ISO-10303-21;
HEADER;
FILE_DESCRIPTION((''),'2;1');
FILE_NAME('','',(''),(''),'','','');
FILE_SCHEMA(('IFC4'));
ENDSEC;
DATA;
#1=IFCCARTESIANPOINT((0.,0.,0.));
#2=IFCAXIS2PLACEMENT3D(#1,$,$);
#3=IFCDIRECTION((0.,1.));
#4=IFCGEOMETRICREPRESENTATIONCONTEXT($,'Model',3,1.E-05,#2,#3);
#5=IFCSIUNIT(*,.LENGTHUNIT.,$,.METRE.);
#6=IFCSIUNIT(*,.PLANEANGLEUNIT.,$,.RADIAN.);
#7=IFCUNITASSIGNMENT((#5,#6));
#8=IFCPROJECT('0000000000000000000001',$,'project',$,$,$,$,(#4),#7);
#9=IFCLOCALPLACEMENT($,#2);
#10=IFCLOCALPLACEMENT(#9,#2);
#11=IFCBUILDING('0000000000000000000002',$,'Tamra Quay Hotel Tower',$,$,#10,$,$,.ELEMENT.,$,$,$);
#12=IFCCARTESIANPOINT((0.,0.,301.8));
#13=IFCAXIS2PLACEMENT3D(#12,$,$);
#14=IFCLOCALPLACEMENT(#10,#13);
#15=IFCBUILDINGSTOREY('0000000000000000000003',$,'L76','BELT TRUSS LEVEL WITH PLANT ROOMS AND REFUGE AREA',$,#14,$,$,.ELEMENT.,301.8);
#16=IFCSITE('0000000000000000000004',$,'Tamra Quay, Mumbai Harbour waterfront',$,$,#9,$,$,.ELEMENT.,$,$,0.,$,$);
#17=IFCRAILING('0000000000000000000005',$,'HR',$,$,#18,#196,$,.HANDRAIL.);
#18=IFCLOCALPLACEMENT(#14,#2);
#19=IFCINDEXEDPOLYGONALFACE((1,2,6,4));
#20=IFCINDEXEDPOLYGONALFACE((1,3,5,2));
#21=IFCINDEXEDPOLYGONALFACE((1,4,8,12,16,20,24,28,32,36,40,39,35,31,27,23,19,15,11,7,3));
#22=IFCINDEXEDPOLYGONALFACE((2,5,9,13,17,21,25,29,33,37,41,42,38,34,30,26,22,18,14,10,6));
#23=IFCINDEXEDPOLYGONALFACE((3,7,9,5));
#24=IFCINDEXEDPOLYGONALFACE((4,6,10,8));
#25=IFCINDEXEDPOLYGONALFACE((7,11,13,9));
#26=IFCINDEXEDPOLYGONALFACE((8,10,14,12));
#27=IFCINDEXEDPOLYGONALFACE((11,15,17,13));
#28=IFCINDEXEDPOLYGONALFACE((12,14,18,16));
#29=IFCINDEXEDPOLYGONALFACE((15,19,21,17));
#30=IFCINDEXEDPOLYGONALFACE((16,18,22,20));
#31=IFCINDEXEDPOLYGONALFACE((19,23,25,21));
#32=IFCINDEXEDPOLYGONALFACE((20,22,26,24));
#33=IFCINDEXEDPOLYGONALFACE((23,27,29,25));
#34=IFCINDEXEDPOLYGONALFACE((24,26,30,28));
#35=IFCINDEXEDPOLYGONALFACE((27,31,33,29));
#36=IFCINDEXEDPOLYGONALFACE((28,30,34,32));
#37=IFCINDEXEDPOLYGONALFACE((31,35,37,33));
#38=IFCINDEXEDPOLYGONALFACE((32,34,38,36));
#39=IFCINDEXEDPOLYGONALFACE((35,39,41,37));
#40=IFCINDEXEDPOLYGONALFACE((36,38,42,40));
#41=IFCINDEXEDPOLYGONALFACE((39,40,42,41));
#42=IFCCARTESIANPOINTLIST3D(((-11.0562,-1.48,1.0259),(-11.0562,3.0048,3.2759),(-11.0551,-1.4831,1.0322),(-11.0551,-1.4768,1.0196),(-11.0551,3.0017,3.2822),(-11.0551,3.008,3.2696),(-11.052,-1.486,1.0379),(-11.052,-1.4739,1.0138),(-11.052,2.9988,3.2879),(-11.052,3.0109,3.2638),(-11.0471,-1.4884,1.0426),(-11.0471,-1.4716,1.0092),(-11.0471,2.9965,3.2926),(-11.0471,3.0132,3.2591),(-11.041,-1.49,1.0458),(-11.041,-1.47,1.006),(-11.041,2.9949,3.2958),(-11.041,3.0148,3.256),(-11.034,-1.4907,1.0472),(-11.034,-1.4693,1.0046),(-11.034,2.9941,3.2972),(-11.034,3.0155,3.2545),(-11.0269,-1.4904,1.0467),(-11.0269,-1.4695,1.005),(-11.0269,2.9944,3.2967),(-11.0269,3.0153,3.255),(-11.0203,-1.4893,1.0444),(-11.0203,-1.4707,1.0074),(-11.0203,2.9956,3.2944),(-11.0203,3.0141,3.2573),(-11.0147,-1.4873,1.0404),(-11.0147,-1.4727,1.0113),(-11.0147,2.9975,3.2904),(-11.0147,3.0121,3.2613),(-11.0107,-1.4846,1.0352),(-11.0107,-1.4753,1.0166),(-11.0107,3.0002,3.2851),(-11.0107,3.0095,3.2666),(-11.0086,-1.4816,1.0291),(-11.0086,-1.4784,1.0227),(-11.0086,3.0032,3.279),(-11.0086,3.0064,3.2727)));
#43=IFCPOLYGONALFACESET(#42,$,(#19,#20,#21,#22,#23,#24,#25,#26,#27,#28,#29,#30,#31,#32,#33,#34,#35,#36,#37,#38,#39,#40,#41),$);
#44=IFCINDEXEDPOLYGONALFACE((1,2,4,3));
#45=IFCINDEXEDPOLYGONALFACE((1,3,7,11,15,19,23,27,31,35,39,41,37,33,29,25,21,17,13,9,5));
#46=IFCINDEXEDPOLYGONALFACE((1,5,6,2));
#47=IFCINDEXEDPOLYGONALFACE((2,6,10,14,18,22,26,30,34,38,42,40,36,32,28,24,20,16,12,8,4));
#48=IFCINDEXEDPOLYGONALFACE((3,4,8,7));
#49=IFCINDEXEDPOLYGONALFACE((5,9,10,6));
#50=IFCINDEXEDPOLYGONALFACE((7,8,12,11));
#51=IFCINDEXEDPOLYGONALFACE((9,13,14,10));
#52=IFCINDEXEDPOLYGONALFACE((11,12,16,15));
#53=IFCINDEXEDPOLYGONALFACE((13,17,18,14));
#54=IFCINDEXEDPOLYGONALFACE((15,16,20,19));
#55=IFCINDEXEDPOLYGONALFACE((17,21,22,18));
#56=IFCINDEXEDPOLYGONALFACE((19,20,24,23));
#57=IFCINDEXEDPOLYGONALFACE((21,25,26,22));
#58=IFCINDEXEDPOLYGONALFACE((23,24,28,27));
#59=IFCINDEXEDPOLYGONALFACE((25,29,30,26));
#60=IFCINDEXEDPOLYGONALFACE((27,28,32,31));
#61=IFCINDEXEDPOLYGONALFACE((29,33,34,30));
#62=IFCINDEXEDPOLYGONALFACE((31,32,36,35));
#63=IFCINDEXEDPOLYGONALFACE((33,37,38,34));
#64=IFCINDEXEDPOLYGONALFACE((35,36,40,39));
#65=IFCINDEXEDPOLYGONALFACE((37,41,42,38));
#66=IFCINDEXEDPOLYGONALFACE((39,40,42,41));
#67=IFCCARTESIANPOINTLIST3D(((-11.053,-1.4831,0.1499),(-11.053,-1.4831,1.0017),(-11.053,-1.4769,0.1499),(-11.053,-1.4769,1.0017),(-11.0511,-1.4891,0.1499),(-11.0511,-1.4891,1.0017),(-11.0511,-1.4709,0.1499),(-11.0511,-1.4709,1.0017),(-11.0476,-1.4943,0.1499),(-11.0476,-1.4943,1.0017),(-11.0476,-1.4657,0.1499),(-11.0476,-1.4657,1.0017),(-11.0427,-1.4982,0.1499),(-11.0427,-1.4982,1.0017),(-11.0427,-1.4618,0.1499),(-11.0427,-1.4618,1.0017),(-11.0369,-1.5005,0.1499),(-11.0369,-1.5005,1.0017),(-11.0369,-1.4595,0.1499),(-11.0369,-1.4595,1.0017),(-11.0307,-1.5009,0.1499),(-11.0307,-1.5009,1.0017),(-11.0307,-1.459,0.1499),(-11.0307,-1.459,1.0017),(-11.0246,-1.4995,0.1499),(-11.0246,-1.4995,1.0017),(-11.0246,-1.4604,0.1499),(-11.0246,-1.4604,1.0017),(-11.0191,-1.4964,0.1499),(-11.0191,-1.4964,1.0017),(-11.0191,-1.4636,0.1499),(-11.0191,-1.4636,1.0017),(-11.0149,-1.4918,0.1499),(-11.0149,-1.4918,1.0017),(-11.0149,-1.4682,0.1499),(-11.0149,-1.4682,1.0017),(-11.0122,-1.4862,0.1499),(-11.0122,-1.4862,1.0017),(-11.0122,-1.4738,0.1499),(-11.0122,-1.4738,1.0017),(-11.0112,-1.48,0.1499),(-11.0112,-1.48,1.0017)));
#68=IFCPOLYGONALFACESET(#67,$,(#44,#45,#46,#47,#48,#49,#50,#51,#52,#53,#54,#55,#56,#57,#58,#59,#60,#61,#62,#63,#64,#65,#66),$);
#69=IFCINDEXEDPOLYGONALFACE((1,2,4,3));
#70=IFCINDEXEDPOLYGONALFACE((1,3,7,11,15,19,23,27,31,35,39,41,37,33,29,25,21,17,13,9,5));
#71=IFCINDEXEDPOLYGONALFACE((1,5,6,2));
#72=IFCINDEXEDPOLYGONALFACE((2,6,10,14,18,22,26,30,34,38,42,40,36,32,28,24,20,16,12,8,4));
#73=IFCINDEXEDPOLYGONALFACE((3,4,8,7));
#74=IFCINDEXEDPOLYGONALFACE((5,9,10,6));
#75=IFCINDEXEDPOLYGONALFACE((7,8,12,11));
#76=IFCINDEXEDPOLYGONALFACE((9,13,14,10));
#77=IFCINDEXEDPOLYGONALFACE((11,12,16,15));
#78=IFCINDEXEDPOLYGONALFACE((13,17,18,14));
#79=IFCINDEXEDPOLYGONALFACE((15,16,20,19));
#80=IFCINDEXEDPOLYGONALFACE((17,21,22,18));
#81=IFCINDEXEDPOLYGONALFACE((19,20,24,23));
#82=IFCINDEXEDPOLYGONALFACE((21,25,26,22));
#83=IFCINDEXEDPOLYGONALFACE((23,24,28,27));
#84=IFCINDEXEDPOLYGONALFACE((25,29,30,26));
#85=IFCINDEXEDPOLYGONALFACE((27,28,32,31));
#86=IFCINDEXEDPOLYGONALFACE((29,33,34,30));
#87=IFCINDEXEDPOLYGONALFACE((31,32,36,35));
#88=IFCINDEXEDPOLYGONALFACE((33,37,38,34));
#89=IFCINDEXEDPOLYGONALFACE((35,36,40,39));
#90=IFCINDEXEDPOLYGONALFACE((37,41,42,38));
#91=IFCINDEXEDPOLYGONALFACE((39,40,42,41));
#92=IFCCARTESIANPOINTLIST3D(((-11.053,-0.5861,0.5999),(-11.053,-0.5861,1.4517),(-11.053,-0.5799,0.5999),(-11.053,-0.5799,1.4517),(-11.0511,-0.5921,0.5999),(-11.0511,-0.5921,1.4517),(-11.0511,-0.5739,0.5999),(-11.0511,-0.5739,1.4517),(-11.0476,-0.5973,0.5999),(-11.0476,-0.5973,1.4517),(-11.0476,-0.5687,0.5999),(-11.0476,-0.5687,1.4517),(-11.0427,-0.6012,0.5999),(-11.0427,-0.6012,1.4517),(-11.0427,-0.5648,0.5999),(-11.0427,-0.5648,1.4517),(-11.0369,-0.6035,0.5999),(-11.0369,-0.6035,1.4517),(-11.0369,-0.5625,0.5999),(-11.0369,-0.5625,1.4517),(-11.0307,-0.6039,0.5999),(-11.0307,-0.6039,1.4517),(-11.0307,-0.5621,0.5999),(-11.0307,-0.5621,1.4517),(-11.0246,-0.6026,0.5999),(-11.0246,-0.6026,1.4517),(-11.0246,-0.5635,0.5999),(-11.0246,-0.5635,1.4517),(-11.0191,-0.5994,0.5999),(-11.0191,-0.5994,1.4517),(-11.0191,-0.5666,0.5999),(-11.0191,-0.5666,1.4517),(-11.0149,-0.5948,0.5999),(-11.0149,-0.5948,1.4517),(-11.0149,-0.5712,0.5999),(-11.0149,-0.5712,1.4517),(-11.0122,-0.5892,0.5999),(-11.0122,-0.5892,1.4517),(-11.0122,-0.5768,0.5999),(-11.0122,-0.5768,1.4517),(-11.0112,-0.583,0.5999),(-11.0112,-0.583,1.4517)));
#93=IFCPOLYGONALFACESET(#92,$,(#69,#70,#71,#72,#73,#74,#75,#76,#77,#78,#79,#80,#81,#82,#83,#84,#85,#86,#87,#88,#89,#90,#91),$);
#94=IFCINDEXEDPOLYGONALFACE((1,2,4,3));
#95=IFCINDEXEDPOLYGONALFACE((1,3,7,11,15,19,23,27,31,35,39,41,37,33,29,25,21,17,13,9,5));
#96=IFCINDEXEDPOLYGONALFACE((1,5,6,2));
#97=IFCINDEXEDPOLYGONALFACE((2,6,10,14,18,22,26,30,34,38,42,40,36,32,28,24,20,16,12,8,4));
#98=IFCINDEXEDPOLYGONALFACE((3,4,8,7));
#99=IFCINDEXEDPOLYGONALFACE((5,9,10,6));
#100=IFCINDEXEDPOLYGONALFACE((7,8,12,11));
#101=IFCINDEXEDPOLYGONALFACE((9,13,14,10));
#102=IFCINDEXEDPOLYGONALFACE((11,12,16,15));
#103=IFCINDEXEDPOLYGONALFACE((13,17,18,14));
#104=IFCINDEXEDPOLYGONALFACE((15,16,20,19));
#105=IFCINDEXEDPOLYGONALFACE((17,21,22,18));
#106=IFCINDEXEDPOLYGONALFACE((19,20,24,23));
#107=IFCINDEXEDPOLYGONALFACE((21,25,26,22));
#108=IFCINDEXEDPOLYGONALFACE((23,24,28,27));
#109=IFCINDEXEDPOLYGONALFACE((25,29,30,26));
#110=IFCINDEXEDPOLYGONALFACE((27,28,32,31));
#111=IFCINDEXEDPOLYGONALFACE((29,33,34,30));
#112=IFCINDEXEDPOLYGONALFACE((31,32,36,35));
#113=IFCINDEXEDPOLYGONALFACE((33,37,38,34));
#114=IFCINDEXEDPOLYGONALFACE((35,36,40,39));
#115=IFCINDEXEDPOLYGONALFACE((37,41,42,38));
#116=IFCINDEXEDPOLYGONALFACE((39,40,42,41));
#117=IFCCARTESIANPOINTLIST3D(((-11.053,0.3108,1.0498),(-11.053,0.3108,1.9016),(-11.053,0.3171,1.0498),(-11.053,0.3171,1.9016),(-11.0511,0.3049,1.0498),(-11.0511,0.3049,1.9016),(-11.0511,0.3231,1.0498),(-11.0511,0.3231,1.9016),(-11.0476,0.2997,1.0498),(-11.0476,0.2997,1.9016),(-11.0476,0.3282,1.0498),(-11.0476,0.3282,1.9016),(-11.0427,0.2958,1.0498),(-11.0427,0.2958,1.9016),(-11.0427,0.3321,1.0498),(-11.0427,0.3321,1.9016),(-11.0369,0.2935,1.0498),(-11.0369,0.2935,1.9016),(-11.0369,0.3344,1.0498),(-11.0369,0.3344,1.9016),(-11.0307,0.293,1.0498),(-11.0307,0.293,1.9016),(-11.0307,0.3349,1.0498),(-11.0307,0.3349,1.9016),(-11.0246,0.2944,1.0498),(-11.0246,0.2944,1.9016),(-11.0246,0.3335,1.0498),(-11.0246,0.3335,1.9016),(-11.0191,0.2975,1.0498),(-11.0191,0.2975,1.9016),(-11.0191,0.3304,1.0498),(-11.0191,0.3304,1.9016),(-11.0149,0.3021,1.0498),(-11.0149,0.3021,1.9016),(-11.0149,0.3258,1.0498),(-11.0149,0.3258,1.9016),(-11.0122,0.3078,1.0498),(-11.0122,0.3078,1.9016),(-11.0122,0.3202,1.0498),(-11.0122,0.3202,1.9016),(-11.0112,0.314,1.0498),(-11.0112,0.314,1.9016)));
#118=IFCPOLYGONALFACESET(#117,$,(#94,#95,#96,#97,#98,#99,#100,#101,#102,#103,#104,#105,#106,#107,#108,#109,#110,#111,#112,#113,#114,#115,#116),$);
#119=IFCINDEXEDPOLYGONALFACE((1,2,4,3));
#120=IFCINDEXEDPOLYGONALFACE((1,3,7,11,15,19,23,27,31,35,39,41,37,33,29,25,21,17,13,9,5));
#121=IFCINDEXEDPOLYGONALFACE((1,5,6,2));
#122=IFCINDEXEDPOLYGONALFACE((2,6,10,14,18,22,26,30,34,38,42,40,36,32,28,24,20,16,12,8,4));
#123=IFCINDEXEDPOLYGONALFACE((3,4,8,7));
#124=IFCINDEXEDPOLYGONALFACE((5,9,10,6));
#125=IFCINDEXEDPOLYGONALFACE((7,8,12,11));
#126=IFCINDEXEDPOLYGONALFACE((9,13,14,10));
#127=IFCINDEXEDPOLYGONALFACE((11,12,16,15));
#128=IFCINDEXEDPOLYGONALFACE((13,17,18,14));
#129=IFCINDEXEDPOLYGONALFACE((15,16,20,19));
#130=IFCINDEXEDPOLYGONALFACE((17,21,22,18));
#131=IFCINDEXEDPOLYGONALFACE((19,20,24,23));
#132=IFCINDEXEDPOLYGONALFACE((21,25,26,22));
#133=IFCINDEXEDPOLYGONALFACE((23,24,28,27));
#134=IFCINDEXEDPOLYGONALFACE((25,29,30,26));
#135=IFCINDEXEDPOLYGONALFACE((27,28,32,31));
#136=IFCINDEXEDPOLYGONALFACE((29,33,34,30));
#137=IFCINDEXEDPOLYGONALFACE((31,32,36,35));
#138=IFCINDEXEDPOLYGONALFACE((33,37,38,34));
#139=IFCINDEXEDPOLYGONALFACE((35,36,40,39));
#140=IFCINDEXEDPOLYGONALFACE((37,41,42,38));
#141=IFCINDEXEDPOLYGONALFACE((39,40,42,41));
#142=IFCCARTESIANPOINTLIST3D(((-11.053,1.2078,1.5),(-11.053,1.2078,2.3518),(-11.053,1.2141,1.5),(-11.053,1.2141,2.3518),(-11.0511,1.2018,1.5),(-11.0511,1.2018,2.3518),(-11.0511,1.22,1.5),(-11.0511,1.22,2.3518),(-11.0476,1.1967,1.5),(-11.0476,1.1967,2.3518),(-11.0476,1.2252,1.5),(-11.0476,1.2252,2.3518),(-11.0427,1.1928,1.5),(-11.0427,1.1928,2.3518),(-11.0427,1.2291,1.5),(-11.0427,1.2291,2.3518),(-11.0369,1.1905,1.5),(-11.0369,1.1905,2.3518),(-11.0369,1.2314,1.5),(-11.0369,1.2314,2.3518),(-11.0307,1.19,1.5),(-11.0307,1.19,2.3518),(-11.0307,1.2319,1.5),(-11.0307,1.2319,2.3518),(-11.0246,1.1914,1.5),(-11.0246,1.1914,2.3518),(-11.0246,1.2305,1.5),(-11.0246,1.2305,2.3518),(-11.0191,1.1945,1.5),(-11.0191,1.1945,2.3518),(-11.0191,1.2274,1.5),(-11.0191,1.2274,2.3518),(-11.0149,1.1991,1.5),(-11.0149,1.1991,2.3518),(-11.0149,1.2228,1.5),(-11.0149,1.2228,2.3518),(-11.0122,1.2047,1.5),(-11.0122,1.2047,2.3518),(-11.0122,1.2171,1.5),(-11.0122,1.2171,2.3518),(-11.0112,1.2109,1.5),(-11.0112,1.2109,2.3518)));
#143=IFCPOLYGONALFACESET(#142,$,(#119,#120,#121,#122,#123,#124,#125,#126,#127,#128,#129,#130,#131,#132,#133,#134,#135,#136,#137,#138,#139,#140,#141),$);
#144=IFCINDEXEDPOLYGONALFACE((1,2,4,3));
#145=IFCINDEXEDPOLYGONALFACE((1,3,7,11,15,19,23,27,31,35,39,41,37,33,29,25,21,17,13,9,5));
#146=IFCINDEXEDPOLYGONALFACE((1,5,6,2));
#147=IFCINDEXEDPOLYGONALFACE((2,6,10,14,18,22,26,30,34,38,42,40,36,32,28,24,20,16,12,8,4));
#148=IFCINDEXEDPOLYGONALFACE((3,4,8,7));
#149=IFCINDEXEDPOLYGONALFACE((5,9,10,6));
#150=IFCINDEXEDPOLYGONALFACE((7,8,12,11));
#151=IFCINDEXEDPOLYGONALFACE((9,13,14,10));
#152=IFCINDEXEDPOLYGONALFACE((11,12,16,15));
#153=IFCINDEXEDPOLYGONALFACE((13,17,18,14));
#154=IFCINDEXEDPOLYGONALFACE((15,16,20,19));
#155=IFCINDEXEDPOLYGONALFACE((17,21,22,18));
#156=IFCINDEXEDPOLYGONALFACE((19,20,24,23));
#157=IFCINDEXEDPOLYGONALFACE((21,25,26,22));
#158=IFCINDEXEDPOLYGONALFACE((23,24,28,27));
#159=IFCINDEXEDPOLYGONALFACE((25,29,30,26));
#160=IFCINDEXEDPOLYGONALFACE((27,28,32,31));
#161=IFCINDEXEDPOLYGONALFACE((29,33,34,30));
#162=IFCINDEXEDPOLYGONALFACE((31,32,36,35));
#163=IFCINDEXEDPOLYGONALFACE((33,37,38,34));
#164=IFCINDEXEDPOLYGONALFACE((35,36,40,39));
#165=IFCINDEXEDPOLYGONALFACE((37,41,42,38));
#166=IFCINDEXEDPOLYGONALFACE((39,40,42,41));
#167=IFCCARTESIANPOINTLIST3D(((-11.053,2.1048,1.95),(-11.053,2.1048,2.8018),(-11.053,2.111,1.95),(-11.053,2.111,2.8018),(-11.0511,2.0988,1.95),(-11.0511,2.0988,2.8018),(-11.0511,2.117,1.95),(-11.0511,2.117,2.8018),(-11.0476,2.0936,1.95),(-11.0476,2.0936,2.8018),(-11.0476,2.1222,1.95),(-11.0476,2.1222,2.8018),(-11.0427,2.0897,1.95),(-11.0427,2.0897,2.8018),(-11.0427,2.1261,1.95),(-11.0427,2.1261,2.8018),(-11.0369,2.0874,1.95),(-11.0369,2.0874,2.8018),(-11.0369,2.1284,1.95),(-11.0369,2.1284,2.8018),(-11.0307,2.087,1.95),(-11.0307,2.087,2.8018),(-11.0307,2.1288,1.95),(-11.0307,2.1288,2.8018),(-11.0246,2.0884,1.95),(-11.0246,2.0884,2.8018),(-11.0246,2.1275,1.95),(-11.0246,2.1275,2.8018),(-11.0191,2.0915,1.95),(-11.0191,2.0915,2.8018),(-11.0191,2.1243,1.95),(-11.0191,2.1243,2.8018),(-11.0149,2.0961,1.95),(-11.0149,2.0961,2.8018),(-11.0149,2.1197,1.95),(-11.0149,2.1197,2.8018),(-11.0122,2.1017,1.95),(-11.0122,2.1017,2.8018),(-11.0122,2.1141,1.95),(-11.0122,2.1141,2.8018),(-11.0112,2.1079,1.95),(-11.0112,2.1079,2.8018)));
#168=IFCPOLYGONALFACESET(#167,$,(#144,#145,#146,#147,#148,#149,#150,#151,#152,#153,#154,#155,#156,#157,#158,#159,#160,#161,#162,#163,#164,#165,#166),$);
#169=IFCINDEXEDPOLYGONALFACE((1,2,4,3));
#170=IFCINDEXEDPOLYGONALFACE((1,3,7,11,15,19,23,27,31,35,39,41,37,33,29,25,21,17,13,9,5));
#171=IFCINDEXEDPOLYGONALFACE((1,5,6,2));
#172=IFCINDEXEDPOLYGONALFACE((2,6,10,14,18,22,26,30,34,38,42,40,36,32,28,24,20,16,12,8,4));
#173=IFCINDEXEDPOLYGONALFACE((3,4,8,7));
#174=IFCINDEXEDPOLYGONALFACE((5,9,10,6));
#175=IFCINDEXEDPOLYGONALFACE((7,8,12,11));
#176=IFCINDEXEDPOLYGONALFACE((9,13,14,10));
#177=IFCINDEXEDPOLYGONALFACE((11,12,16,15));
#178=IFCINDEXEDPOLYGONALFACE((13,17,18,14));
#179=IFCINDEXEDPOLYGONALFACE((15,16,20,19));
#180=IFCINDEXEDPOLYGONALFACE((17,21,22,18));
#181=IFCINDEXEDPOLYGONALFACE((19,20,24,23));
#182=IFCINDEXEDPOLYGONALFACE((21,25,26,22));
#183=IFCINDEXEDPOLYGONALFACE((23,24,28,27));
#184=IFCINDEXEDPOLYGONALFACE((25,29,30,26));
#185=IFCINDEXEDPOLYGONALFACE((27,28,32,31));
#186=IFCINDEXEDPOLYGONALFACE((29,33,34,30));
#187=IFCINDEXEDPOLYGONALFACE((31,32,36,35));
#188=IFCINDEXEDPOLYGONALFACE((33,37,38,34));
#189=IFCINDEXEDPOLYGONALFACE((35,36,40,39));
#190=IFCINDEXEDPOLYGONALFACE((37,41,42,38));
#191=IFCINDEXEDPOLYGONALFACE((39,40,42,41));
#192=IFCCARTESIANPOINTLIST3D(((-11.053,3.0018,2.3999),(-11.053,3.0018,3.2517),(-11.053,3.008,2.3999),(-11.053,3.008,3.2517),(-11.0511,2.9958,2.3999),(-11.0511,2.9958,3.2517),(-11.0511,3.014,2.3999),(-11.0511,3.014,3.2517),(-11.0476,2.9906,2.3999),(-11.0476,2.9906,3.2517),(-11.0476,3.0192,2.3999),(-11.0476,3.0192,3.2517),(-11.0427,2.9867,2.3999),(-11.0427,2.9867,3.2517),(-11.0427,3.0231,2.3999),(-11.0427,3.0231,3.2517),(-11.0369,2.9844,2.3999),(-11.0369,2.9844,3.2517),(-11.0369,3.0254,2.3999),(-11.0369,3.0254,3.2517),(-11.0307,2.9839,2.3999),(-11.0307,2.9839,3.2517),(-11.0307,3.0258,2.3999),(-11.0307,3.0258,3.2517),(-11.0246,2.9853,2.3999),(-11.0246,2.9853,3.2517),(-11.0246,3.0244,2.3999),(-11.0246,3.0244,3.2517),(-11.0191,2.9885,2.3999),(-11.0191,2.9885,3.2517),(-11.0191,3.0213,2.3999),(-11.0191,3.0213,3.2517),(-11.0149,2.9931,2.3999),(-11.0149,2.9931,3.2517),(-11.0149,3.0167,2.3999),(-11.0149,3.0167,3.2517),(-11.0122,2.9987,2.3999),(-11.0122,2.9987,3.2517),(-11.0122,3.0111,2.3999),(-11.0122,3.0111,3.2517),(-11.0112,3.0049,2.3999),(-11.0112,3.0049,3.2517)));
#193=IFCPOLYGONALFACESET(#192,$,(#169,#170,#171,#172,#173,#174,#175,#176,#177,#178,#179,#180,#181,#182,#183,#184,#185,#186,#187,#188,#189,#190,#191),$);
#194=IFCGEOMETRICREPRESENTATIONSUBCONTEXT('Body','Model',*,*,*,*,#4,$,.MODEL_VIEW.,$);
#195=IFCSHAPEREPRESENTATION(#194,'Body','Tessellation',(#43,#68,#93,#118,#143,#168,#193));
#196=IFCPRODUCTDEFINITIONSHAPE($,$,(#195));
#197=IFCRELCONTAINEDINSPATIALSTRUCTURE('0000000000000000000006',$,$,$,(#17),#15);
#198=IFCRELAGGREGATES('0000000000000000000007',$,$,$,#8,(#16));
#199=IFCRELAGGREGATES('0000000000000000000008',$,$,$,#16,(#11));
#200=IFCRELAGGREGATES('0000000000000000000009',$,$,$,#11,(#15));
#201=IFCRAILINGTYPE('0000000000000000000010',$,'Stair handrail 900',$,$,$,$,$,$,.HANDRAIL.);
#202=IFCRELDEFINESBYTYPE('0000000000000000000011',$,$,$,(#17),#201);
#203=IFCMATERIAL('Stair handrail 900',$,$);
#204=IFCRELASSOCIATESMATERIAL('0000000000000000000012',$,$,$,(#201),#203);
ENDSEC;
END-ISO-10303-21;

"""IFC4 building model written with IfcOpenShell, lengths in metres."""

from ifc_helpers import new_model, si_unit, direction, frame, origin, origin_2d, place, context, subcontext, project, spatial, circle, extrude, material, type_object, element, save


model = new_model("IFC4")

# Units and contexts
model_context = context("Model", 3, precision=1e-05, world=origin(), true_north=direction((0.0, 1.0)))
body_context = subcontext(model_context, "Body", "Model", "MODEL_VIEW")
ifc_project = project(units=[si_unit("LENGTHUNIT", "METRE"), si_unit("PLANEANGLEUNIT", "RADIAN")], contexts=[model_context])

# Site, building, storey
site_placement = place(None, origin())
site = spatial("IfcSite", under=ifc_project, at=site_placement, Name="Tamra Quay, Mumbai Harbour waterfront", CompositionType="ELEMENT", RefElevation=0.0)
building_placement = place(site_placement, origin())
building = spatial("IfcBuilding", under=site, at=building_placement, Name="Tamra Quay Hotel Tower", CompositionType="ELEMENT")
storey_placement = place(building_placement, frame((0.0, 0.0, 301.8)))
storey = spatial("IfcBuildingStorey", under=building, at=storey_placement, Name="L76", Description="BELT TRUSS LEVEL WITH PLANT ROOMS AND REFUGE AREA", CompositionType="ELEMENT", Elevation=301.8)

# Railing
ifc_material_1 = material(Name="Stair handrail 900")
railing_type_1 = type_object("IfcRailingType", Name="Stair handrail 900", PredefinedType="HANDRAIL", material=ifc_material_1)
railing_1_placement = place(storey_placement, frame((-11.0322, -1.48, 0.1499)))
element("IfcRailing", 1, at=railing_1_placement, inside=storey, type_object=railing_type_1, Name="HR", PredefinedType="HANDRAIL", context=body_context, shape_type="SweptSolid", body=[
    extrude(circle(Radius=0.0239, at=origin_2d()), frame((0.0, 0.0, 0.876), z_axis=(0.0, 0.893823, 0.44842), x_axis=(-1.0, 0.0, 0.0)), (0.0, 0.0, 1.0), 5.0176),
    extrude(circle(Radius=0.021, at=origin_2d()), origin(), (0.0, 0.0, 1.0), 0.8518),
    extrude(circle(Radius=0.021, at=origin_2d()), frame((0.0, 0.897, 0.45)), (0.0, 0.0, 1.0), 0.8518),
    extrude(circle(Radius=0.021, at=origin_2d()), frame((0.0, 1.7939, 0.8999)), (0.0, 0.0, 1.0), 0.8518),
    extrude(circle(Radius=0.021, at=origin_2d()), frame((0.0, 2.6909, 1.3501)), (0.0, 0.0, 1.0), 0.8518),
    extrude(circle(Radius=0.021, at=origin_2d()), frame((0.0, 3.5879, 1.8)), (0.0, 0.0, 1.0), 0.8518),
    extrude(circle(Radius=0.021, at=origin_2d()), frame((0.0, 4.4849, 2.25)), (0.0, 0.0, 1.0), 0.8518),
])

save(model, "model.ifc")
